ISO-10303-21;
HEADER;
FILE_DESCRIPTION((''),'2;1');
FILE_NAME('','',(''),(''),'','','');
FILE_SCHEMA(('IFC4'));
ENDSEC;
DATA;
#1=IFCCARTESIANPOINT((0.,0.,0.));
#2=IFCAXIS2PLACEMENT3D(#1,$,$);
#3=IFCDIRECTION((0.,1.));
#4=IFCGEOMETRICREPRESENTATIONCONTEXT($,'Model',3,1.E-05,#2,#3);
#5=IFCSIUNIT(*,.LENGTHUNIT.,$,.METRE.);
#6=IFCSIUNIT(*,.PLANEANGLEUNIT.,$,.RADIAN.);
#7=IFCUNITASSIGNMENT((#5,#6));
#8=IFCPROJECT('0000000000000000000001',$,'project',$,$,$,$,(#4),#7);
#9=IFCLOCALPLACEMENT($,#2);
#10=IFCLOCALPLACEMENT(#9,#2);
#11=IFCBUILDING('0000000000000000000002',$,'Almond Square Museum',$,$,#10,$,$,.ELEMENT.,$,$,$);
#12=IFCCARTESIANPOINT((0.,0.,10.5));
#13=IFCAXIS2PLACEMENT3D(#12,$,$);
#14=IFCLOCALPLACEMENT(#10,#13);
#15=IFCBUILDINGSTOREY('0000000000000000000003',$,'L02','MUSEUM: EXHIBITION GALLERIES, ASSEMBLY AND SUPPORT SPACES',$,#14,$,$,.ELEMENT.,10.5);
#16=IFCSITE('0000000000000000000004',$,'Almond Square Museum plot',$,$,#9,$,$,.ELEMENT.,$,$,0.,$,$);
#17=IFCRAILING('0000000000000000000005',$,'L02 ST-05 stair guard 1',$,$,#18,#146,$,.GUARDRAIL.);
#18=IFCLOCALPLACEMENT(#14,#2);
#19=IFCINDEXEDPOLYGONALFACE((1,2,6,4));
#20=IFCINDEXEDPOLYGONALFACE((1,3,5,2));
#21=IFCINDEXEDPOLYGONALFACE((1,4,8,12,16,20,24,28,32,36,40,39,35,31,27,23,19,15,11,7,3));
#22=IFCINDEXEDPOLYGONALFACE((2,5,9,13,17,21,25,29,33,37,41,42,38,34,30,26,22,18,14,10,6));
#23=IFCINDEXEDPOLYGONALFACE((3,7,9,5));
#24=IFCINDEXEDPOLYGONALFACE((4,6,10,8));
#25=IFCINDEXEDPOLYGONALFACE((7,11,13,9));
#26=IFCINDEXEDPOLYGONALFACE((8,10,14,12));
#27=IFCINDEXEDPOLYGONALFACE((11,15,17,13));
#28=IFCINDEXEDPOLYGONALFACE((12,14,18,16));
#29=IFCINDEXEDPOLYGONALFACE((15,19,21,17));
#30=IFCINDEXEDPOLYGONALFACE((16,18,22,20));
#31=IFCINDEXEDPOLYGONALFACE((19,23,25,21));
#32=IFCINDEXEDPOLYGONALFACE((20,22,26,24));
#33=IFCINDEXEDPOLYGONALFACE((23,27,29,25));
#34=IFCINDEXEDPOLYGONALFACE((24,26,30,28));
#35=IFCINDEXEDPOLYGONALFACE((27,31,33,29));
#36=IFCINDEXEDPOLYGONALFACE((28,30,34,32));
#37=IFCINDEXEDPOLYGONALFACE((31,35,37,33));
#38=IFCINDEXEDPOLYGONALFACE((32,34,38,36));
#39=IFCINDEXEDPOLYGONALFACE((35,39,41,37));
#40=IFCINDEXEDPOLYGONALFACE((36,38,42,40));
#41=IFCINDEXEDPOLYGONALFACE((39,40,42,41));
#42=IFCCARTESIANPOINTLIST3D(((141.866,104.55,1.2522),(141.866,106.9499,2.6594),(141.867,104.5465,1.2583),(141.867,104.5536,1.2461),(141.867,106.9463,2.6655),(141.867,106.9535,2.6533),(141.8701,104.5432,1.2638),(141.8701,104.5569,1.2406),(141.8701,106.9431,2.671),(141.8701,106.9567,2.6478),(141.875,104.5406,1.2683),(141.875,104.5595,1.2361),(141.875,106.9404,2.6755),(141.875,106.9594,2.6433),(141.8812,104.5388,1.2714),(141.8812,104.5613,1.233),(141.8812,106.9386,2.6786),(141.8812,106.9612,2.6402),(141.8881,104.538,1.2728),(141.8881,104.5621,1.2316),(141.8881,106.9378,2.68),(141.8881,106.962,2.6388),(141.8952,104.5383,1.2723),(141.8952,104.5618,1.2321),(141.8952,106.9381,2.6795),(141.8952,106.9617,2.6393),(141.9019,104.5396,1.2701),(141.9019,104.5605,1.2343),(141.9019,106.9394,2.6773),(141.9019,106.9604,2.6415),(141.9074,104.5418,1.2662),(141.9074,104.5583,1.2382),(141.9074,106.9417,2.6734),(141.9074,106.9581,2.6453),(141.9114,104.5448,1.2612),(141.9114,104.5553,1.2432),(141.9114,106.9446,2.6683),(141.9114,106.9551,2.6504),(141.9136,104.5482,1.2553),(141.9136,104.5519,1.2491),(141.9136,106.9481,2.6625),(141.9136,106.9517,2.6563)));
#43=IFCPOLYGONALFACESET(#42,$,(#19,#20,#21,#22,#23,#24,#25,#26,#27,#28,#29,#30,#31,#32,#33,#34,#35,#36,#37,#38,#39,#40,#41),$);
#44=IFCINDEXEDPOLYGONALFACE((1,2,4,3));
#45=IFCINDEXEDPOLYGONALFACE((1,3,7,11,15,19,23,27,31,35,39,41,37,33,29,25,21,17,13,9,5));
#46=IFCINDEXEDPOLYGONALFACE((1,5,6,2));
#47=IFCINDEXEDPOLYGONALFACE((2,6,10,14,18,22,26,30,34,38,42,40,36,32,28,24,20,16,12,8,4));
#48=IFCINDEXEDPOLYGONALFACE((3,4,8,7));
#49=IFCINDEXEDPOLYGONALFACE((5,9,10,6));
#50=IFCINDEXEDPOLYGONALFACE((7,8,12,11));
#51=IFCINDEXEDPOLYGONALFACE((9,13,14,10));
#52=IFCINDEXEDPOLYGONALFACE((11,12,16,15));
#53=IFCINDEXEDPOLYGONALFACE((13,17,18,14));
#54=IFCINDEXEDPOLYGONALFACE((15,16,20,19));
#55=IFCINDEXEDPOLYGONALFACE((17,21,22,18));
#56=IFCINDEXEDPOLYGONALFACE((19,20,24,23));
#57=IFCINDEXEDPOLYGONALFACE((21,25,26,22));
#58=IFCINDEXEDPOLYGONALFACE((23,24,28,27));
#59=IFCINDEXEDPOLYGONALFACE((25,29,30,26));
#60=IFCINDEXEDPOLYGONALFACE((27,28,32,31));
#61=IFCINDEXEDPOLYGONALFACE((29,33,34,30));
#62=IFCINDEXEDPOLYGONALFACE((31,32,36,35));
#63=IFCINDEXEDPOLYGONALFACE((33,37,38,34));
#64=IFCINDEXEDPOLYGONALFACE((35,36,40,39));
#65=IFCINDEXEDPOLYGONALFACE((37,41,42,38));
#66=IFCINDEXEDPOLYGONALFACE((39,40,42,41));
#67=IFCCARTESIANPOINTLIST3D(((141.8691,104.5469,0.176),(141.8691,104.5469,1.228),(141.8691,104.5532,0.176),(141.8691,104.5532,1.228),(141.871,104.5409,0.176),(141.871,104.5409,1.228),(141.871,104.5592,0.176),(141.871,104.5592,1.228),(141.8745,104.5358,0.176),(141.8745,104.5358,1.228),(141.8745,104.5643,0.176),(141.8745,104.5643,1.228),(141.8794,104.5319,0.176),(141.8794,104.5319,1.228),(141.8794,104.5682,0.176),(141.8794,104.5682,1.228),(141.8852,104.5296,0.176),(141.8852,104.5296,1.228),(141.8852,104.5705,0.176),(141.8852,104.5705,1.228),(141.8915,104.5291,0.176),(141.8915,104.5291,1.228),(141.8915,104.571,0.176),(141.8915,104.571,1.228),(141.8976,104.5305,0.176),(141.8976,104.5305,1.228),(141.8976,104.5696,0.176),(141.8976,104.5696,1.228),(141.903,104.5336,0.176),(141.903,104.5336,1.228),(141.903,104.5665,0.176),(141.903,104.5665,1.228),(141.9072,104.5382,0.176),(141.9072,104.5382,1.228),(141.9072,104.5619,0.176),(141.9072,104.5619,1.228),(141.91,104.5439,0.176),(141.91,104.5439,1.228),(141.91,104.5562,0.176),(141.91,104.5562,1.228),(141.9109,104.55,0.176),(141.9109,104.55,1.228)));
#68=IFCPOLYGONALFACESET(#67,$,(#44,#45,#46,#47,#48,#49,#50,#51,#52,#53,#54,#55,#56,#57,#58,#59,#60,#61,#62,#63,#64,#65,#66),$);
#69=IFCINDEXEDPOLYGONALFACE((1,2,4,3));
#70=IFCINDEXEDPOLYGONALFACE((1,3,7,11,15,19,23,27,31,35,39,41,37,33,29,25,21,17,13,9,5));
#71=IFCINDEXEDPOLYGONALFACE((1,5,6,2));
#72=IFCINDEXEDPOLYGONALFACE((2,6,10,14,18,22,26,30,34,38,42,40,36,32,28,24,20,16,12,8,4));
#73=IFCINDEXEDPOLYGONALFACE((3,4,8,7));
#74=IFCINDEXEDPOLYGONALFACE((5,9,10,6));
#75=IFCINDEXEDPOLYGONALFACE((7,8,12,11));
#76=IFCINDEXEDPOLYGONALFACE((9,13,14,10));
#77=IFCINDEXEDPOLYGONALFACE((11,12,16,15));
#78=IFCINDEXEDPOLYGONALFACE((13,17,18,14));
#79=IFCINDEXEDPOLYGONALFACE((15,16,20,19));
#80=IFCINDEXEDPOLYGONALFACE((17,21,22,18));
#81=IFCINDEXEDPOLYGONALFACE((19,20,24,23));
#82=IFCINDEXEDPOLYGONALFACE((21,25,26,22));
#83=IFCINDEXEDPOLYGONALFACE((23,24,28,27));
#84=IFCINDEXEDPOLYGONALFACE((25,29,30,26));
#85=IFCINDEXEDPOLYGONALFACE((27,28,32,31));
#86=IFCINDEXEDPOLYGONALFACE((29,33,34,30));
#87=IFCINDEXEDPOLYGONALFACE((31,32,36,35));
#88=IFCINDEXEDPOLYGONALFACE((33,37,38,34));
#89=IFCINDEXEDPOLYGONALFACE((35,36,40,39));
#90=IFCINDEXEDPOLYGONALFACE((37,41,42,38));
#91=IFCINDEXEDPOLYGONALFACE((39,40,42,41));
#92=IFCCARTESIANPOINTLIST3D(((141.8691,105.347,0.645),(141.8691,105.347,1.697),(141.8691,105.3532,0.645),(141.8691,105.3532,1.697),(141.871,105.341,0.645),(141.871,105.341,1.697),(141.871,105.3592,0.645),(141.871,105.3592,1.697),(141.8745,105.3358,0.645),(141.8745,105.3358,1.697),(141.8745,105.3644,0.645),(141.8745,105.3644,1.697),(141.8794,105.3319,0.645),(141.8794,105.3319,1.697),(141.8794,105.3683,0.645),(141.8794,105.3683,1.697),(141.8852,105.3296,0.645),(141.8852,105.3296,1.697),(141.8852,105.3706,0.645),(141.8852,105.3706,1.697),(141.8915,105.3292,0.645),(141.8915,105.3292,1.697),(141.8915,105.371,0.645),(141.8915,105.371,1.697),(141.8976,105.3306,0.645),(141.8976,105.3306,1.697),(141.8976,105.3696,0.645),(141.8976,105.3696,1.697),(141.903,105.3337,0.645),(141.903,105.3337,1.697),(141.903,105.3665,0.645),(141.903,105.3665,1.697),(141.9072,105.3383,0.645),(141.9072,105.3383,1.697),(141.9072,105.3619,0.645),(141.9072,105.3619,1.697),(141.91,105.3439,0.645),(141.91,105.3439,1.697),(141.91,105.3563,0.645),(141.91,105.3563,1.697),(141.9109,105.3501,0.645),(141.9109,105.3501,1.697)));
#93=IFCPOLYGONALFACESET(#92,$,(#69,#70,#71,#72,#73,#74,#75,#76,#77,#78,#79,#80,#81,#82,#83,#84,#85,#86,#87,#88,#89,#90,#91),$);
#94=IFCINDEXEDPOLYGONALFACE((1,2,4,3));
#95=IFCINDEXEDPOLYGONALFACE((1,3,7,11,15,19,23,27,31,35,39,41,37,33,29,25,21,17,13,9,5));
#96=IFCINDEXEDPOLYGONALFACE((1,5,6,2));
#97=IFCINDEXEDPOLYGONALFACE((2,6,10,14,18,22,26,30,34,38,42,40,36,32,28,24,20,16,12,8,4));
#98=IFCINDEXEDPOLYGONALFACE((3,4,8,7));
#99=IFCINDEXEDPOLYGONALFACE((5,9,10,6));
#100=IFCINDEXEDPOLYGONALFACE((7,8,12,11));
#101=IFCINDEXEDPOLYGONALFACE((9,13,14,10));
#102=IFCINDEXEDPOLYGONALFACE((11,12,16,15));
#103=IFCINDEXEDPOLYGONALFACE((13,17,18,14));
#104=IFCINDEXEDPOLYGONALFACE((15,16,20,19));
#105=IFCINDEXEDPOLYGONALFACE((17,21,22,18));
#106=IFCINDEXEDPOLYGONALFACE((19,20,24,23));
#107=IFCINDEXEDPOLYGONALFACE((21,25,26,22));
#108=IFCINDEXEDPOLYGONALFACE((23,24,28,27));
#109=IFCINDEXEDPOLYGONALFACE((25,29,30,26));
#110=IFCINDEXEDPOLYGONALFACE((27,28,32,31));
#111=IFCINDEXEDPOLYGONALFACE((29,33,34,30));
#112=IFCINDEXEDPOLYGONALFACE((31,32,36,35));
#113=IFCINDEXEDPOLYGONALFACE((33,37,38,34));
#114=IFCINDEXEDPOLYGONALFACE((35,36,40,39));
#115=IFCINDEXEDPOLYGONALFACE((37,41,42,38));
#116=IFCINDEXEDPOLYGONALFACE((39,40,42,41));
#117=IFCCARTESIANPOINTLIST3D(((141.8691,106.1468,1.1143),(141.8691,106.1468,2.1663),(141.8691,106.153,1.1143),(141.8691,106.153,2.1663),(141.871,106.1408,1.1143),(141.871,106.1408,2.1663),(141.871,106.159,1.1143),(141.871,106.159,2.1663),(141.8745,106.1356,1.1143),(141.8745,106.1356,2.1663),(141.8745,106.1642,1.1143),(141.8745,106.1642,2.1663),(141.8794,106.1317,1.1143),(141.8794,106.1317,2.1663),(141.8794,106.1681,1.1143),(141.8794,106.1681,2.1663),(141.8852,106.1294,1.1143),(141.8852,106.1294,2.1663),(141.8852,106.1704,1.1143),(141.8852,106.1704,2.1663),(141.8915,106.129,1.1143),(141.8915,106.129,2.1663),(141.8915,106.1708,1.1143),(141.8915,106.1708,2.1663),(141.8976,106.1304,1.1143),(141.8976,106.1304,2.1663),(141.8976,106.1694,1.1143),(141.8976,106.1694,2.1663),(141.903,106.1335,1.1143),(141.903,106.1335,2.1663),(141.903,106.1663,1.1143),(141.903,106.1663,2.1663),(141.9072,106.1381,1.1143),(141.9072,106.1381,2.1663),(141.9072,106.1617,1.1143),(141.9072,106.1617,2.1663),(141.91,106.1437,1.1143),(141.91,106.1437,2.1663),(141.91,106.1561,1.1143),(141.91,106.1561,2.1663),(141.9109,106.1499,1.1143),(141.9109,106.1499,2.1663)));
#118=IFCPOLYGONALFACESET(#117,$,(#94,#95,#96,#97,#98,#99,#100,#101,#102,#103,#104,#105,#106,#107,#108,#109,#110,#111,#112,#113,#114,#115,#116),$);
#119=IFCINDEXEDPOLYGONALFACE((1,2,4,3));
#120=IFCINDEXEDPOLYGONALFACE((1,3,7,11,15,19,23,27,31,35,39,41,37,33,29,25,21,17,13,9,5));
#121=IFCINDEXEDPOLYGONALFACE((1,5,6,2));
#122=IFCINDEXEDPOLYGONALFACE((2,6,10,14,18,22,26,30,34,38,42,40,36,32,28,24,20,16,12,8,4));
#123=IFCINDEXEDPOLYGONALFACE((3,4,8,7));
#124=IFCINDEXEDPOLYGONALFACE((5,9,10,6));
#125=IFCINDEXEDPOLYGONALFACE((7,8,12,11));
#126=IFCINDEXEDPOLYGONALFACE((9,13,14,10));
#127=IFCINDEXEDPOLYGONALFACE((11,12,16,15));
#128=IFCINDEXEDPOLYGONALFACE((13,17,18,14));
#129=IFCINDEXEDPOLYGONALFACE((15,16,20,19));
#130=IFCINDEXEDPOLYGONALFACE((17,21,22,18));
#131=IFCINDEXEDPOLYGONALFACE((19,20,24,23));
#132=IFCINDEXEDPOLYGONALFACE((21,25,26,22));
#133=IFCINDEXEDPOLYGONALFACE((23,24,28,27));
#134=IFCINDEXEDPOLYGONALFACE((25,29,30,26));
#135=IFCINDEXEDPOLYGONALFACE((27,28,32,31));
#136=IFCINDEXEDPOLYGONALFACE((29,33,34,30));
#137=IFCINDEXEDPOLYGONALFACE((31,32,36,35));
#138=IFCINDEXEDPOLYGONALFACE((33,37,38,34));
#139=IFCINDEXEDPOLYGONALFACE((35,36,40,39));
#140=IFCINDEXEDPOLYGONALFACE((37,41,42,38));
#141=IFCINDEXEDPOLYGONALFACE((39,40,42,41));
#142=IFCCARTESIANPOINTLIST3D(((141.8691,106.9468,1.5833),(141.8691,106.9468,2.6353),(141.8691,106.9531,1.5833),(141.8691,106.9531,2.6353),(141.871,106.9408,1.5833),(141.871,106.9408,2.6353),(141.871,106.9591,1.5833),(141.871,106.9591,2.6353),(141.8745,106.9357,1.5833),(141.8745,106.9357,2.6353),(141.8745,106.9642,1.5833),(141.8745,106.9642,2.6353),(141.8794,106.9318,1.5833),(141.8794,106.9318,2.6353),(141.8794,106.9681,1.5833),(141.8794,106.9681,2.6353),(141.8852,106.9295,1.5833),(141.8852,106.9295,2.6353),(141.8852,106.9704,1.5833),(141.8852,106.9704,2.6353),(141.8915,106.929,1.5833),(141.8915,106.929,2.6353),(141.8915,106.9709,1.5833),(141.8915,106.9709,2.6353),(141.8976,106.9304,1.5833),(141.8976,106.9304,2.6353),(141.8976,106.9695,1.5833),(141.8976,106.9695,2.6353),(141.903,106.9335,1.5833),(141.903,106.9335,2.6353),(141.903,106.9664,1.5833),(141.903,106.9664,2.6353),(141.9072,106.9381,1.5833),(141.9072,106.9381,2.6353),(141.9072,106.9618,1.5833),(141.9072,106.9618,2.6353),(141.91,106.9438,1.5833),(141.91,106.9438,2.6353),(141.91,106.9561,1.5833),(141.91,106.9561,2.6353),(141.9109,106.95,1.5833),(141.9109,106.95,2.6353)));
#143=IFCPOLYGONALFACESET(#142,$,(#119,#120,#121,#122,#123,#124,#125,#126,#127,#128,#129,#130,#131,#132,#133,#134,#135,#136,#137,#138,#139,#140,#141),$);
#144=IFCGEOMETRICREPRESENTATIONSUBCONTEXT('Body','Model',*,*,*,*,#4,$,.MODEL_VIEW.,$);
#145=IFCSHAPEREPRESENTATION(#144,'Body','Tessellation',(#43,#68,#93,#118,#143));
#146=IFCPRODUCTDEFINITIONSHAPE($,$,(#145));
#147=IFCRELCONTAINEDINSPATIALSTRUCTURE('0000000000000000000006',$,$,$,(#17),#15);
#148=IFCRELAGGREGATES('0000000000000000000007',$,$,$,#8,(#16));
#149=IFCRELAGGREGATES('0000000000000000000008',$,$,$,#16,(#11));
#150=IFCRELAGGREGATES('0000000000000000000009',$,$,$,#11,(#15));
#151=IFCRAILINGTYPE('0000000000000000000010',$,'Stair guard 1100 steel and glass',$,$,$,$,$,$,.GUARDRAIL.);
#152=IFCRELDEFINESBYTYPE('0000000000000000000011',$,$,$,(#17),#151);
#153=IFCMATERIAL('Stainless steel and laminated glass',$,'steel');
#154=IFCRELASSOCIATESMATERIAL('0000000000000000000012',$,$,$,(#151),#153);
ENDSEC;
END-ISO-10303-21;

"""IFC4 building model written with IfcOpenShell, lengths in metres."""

from ifc_helpers import new_model, si_unit, direction, frame, origin, origin_2d, place, context, subcontext, project, spatial, circle, extrude, material, type_object, element, save


model = new_model("IFC4")

# Units and contexts
model_context = context("Model", 3, precision=1e-05, world=origin(), true_north=direction((0.0, 1.0)))
body_context = subcontext(model_context, "Body", "Model", "MODEL_VIEW")
ifc_project = project(units=[si_unit("LENGTHUNIT", "METRE"), si_unit("PLANEANGLEUNIT", "RADIAN")], contexts=[model_context])

# Site, building, storey
site_placement = place(None, origin())
site = spatial("IfcSite", under=ifc_project, at=site_placement, Name="Almond Square Museum plot", CompositionType="ELEMENT", RefElevation=0.0)
building_placement = place(site_placement, origin())
building = spatial("IfcBuilding", under=site, at=building_placement, Name="Almond Square Museum", CompositionType="ELEMENT")
storey_placement = place(building_placement, frame((0.0, 0.0, 10.5)))
storey = spatial("IfcBuildingStorey", under=building, at=storey_placement, Name="L02", Description="MUSEUM: EXHIBITION GALLERIES, ASSEMBLY AND SUPPORT SPACES", CompositionType="ELEMENT", Elevation=10.5)

# Railing
ifc_material_1 = material(Name="Stainless steel and laminated glass", Category="steel")
railing_type_1 = type_object("IfcRailingType", Name="Stair guard 1100 steel and glass", PredefinedType="GUARDRAIL", material=ifc_material_1)
railing_1_placement = place(storey_placement, frame((141.8899, 104.55, 0.176)))
element("IfcRailing", 1, at=railing_1_placement, inside=storey, type_object=railing_type_1, Name="L02 ST-05 stair guard 1", PredefinedType="GUARDRAIL", context=body_context, shape_type="SweptSolid", body=[
    extrude(circle(Radius=0.0239, at=origin_2d()), frame((0.0, 0.0, 1.0762), z_axis=(0.0, 0.862637, 0.505823), x_axis=(-1.0, 0.0, 0.0)), (0.0, 0.0, 1.0), 2.782),
    extrude(circle(Radius=0.021, at=origin_2d()), origin(), (0.0, 0.0, 1.0), 1.052),
    extrude(circle(Radius=0.021, at=origin_2d()), frame((0.0, 0.8, 0.469)), (0.0, 0.0, 1.0), 1.052),
    extrude(circle(Radius=0.021, at=origin_2d()), frame((0.0, 1.5999, 0.9382)), (0.0, 0.0, 1.0), 1.052),
    extrude(circle(Radius=0.021, at=origin_2d()), frame((0.0, 2.3999, 1.4072)), (0.0, 0.0, 1.0), 1.052),
])

save(model, "model.ifc")
